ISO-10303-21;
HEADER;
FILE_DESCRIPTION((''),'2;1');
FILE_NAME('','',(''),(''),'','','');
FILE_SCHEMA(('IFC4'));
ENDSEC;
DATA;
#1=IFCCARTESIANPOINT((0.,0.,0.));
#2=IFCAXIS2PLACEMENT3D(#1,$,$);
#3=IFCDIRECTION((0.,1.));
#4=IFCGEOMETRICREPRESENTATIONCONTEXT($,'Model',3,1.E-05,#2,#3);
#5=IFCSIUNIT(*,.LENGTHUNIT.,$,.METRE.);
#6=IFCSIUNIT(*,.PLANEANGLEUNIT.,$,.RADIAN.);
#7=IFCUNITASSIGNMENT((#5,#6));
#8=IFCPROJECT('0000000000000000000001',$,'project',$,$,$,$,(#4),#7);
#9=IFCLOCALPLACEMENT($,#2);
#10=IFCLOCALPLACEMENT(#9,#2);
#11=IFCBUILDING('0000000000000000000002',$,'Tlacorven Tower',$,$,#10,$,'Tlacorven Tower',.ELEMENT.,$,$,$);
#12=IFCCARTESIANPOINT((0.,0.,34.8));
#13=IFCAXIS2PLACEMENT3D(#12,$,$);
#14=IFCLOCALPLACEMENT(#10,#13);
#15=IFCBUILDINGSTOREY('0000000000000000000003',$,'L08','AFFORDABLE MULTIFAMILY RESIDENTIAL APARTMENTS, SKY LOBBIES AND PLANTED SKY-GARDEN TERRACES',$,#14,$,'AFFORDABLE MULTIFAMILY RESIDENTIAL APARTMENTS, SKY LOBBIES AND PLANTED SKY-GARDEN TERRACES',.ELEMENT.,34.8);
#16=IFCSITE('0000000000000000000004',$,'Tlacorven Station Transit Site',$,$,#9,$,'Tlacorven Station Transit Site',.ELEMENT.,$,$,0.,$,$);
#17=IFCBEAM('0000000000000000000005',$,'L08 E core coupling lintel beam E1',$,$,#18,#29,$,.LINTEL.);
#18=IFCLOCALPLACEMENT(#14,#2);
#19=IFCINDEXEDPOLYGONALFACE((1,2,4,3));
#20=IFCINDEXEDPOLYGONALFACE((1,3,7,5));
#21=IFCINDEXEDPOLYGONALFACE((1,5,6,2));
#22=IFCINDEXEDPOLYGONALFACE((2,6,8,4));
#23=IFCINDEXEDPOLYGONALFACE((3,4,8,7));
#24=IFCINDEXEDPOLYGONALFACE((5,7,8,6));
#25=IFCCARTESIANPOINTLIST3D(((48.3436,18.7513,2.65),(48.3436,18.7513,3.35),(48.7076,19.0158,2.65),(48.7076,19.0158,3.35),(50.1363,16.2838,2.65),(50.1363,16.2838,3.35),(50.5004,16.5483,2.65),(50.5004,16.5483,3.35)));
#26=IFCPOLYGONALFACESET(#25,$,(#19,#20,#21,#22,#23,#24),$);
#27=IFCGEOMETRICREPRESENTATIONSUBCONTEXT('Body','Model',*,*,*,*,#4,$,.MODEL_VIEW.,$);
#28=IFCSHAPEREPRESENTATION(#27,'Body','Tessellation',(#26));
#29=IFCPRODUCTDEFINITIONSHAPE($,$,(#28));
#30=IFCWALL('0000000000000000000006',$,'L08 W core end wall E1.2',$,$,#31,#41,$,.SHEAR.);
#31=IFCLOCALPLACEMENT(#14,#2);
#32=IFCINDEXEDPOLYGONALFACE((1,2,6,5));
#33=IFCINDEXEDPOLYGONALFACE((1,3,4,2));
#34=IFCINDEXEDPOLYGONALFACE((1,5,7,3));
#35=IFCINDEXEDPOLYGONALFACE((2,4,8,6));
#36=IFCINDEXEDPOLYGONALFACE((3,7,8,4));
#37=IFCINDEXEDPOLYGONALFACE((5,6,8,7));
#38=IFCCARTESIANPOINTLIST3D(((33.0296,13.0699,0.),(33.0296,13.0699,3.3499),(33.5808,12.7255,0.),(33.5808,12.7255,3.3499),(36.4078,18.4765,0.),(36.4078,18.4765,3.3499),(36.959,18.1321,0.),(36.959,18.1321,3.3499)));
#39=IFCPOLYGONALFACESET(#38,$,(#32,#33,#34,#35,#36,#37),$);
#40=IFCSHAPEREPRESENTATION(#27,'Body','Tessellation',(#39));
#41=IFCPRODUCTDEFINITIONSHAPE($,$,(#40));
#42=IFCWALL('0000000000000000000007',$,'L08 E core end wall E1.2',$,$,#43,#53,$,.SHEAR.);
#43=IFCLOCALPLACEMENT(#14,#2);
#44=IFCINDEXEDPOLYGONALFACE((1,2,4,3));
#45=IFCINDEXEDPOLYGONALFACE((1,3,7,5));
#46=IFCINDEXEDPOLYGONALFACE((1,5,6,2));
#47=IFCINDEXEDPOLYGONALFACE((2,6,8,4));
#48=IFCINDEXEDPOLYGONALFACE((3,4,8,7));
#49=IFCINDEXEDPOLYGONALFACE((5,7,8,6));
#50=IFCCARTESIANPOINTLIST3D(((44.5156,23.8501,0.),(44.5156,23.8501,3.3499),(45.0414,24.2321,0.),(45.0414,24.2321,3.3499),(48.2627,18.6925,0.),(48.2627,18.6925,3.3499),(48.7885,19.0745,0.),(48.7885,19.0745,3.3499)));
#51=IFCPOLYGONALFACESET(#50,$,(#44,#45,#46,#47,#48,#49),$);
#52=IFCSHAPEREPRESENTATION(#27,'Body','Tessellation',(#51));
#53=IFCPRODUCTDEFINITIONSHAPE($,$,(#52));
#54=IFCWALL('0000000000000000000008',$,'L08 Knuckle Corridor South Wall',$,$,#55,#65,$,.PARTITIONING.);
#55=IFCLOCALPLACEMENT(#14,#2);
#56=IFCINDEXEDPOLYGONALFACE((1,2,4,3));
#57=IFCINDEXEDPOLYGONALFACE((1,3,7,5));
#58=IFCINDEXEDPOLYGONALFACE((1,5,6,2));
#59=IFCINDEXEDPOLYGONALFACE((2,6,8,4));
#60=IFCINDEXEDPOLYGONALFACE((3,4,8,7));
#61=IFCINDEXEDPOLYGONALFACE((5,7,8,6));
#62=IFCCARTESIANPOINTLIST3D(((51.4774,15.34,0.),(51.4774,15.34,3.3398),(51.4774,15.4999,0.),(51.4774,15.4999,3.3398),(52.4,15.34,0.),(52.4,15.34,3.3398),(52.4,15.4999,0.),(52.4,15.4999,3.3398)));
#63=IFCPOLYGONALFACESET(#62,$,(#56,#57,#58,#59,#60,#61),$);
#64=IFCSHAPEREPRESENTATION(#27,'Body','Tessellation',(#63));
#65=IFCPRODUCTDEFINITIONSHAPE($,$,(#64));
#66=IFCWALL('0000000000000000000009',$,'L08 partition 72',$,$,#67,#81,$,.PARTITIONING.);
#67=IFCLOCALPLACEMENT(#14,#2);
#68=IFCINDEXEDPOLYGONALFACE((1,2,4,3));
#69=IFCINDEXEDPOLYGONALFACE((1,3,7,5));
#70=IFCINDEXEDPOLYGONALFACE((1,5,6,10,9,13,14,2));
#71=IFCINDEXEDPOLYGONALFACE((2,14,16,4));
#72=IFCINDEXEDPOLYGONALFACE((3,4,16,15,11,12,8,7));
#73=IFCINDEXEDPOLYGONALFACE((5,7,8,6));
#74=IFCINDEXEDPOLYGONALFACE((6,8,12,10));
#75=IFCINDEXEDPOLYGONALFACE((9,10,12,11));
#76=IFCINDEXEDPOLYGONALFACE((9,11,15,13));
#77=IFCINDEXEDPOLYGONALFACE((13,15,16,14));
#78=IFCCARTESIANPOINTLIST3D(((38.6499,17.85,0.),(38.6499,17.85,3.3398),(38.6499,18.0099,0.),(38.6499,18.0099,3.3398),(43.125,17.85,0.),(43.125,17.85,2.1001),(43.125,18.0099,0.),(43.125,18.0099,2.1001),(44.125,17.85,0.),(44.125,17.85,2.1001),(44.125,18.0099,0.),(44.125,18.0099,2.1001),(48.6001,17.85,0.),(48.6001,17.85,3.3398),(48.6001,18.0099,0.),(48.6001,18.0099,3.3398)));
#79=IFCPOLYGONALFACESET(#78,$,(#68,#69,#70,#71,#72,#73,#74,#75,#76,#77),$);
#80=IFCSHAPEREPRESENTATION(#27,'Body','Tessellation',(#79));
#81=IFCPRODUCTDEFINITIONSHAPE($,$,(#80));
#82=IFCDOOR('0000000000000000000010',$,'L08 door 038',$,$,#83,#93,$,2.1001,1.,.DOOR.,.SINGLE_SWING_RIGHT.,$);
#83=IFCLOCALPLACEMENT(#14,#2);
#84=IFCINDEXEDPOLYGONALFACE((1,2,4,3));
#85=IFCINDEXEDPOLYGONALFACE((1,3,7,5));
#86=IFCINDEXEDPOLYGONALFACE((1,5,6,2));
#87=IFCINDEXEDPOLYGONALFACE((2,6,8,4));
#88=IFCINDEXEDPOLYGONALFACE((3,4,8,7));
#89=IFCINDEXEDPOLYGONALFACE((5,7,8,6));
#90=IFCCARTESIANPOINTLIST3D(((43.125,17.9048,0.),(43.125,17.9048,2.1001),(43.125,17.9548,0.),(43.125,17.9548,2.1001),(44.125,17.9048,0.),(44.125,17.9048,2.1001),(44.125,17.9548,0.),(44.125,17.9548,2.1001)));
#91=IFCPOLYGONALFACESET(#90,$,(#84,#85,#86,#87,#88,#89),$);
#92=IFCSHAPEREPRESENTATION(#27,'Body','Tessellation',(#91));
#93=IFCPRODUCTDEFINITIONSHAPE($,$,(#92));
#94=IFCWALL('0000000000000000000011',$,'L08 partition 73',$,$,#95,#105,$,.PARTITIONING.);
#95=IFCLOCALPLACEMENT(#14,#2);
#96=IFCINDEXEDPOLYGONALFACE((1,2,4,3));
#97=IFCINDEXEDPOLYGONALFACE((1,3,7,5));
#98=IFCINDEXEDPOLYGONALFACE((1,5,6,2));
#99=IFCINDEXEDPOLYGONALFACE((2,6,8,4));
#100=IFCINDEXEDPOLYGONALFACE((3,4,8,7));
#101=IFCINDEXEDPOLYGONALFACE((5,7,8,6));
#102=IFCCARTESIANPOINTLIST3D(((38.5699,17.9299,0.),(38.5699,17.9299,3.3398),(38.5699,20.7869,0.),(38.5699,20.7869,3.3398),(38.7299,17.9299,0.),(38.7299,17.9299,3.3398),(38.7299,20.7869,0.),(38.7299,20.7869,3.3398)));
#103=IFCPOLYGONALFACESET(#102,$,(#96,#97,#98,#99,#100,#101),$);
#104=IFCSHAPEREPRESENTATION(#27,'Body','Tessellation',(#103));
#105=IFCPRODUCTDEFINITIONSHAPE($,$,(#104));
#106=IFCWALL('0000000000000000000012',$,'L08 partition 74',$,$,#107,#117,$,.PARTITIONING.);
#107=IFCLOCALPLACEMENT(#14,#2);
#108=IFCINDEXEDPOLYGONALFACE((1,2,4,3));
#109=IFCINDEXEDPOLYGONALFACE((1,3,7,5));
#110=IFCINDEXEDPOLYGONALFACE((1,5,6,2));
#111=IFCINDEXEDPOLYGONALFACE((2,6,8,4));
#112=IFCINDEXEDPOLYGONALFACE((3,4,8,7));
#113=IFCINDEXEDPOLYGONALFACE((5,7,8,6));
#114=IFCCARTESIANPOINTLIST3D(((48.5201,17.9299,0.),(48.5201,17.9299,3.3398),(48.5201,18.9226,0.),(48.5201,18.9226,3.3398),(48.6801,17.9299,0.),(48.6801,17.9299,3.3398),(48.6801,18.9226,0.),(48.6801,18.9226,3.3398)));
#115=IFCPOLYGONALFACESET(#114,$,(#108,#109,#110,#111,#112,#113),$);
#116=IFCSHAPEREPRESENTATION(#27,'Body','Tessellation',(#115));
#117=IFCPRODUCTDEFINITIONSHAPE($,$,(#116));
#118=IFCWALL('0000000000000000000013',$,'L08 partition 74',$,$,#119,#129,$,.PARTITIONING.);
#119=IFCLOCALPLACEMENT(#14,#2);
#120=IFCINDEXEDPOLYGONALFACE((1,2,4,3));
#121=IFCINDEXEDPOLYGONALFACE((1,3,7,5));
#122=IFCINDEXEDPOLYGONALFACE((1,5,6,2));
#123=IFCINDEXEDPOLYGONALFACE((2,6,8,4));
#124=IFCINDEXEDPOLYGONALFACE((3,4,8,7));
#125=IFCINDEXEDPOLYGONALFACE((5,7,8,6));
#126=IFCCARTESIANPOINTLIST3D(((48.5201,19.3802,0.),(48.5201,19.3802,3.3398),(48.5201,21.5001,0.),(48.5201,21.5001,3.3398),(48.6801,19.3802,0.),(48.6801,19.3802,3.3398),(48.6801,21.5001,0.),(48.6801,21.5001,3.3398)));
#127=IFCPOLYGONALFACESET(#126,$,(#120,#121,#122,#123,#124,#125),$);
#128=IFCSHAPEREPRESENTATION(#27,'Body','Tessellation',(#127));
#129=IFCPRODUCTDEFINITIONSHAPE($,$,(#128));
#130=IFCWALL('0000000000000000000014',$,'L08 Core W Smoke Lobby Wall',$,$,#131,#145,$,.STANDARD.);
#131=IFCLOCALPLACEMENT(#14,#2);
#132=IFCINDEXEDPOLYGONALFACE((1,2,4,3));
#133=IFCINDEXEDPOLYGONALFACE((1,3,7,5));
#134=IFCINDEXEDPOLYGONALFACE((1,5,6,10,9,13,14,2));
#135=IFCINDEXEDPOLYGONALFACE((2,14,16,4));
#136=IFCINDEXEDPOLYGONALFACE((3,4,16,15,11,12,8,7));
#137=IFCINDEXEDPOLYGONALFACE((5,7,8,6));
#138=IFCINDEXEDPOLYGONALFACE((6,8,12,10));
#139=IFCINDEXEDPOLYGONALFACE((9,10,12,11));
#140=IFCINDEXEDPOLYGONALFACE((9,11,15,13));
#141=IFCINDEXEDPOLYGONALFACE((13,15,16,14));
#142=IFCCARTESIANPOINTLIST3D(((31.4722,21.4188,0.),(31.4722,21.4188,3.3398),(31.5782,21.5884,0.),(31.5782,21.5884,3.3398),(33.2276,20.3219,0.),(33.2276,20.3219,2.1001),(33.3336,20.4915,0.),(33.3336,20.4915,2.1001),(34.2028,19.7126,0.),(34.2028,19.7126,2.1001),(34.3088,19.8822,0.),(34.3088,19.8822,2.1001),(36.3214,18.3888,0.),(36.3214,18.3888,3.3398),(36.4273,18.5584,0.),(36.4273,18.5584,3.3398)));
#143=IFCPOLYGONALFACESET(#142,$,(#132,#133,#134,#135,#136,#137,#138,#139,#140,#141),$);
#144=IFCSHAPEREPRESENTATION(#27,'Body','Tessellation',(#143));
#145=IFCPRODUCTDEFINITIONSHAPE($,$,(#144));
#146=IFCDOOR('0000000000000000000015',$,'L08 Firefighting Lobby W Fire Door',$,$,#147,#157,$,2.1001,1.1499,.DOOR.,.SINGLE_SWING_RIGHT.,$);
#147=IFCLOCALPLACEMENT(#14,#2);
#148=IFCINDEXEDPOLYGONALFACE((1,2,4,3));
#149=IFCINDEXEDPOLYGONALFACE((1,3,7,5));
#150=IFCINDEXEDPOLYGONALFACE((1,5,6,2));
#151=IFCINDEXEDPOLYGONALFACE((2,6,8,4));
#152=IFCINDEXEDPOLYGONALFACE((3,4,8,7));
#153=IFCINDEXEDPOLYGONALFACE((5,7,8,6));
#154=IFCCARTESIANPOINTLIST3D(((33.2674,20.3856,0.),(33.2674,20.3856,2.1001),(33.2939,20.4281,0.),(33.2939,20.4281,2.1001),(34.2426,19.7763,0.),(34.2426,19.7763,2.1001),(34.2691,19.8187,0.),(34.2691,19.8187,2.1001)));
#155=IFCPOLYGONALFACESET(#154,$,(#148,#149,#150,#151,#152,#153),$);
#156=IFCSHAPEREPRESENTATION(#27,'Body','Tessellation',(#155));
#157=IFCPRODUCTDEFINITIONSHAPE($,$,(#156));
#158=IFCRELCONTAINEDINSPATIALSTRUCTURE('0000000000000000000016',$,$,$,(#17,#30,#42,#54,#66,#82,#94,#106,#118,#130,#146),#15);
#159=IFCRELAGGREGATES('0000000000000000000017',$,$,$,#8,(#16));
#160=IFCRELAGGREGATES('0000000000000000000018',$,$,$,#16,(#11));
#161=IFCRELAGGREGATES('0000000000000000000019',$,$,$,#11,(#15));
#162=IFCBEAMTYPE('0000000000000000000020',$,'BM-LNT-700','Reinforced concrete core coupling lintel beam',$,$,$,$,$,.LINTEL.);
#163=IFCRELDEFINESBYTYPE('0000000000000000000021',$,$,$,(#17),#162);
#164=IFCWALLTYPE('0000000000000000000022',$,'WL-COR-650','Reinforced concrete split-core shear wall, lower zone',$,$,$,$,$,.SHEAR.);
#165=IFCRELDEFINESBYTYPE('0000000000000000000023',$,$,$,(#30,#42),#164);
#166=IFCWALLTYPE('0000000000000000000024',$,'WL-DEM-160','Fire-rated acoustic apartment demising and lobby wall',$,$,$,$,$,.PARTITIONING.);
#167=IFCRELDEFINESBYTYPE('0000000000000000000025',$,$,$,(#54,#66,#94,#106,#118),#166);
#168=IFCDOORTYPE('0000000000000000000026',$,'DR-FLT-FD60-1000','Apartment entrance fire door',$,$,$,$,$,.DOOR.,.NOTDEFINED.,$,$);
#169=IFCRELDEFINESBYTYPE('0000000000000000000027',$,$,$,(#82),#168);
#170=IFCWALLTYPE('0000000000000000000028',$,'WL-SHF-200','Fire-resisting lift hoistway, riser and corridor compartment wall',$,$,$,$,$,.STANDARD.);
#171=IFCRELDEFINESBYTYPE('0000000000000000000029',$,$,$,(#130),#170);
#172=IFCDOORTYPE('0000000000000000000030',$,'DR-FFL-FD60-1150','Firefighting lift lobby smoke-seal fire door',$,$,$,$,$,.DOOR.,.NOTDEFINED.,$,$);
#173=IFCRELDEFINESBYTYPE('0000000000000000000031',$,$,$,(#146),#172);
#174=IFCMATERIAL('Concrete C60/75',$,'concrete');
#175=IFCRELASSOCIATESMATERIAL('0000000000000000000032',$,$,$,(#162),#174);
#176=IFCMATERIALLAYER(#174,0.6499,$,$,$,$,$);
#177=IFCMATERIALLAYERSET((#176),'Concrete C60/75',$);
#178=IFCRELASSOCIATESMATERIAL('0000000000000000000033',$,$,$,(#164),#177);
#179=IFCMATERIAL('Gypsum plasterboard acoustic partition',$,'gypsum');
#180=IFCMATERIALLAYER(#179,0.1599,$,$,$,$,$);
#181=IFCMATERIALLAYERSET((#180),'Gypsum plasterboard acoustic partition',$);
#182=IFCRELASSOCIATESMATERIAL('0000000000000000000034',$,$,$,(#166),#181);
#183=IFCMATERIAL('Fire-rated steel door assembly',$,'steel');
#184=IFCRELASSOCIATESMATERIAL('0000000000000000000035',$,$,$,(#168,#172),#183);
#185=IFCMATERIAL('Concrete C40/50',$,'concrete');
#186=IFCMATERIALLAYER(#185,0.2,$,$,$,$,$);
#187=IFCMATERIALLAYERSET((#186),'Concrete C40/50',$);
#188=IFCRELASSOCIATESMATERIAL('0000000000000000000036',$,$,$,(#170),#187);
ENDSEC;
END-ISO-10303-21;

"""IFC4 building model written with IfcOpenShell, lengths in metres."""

from ifc_helpers import new_model, si_unit, direction, frame, frame_2d, origin, origin_2d, place, context, subcontext, project, spatial, rectangle, extrude, source, transform, mapped, material, layer, layer_set, material_profile, profile_set, type_object, element, fill, save


model = new_model("IFC4")

# Units and contexts
model_context = context("Model", 3, precision=1e-05, world=origin(), true_north=direction((0.0, 1.0)))
body_context = subcontext(model_context, "Body", "Model", "MODEL_VIEW")
ifc_project = project(units=[si_unit("LENGTHUNIT", "METRE"), si_unit("PLANEANGLEUNIT", "RADIAN")], contexts=[model_context])

# Site, building, storey
site_placement = place(None, origin())
site = spatial("IfcSite", under=ifc_project, at=site_placement, Name="Tlacorven Station Transit Site", LongName="Tlacorven Station Transit Site", CompositionType="ELEMENT", RefElevation=0.0)
building_placement = place(site_placement, origin())
building = spatial("IfcBuilding", under=site, at=building_placement, Name="Tlacorven Tower", LongName="Tlacorven Tower", CompositionType="ELEMENT")
storey_placement = place(building_placement, frame((0.0, 0.0, 34.8)))
storey = spatial("IfcBuildingStorey", under=building, at=storey_placement, Name="L08", Description="AFFORDABLE MULTIFAMILY RESIDENTIAL APARTMENTS, SKY LOBBIES AND PLANTED SKY-GARDEN TERRACES", LongName="AFFORDABLE MULTIFAMILY RESIDENTIAL APARTMENTS, SKY LOBBIES AND PLANTED SKY-GARDEN TERRACES", CompositionType="ELEMENT", Elevation=34.8)

# Beam
ifc_material_1 = material(Name="Concrete C60/75", Category="concrete")
ifc_material_profile = material_profile(ifc_material_1, rectangle(XDim=0.45, YDim=0.7, at=origin_2d()), Name="RC 450X700")
ifc_profile_set = profile_set([ifc_material_profile], Name="Concrete C60/75")
beam_type = type_object("IfcBeamType", Name="BM-LNT-700", Description="Reinforced concrete core coupling lintel beam", PredefinedType="LINTEL", material=ifc_profile_set)
shared_shape_1 = source(origin(), body_context, "Body", "SweptSolid", [
    extrude(rectangle(XDim=0.45, YDim=0.7, at=origin_2d()), origin(), (0.0, 0.0, 1.0), 3.05),
])
beam_placement = place(storey_placement, frame((50.3184, 16.416, 3.0), z_axis=(-0.587777, 0.809023, 0.0), x_axis=(-0.809023, -0.587777, 0.0)))
element("IfcBeam", 1, at=beam_placement, inside=storey, type_object=beam_type, Name="L08 E core coupling lintel beam E1", PredefinedType="LINTEL", context=body_context, shape_type="MappedRepresentation", body=[
    mapped(shared_shape_1, transform((0.0, 0.0, 0.0), scale=1.0)),
])

# Walls
ifc_layer_1 = layer(ifc_material_1, 0.6499)
ifc_layer_set_1 = layer_set([ifc_layer_1], Name="Concrete C60/75")
wall_type_1 = type_object("IfcWallType", Name="WL-COR-650", Description="Reinforced concrete split-core shear wall, lower zone", PredefinedType="SHEAR", material=ifc_layer_set_1)
wall_1_placement = place(storey_placement, frame((36.6833, 18.3042, 0.0), z_axis=(0.0, 0.0, 1.0), x_axis=(-0.529899, -0.848061, 0.0)))
element("IfcWall", 2, at=wall_1_placement, inside=storey, type_object=wall_type_1, Name="L08 W core end wall E1.2", PredefinedType="SHEAR", context=body_context, shape_type="SweptSolid", body=[
    extrude(rectangle(XDim=6.3752, YDim=0.6499, at=frame_2d((3.1875, 0.0))), origin(), (0.0, 0.0, 1.0), 3.3499),
])
wall_2_placement = place(storey_placement, frame((48.5256, 18.8835, 0.0), z_axis=(0.0, 0.0, 1.0), x_axis=(-0.58778, 0.809021, 0.0)))
element("IfcWall", 3, at=wall_2_placement, inside=storey, type_object=wall_type_1, Name="L08 E core end wall E1.2", PredefinedType="SHEAR", context=body_context, shape_type="SweptSolid", body=[
    extrude(rectangle(XDim=6.375, YDim=0.6499, at=frame_2d((3.1875, 0.0))), origin(), (0.0, 0.0, 1.0), 3.3499),
])
ifc_material_2 = material(Name="Gypsum plasterboard acoustic partition", Category="gypsum")
ifc_layer_2 = layer(ifc_material_2, 0.1599)
ifc_layer_set_2 = layer_set([ifc_layer_2], Name="Gypsum plasterboard acoustic partition")
wall_type_2 = type_object("IfcWallType", Name="WL-DEM-160", Description="Fire-rated acoustic apartment demising and lobby wall", PredefinedType="PARTITIONING", material=ifc_layer_set_2)
wall_3_placement = place(storey_placement, frame((51.4773, 15.4199, 0.0), z_axis=(0.0, 0.0, 1.0), x_axis=(1.0, 0.0, 0.0)))
element("IfcWall", 4, at=wall_3_placement, inside=storey, type_object=wall_type_2, Name="L08 Knuckle Corridor South Wall", PredefinedType="PARTITIONING", context=body_context, shape_type="SweptSolid", body=[
    extrude(rectangle(XDim=0.9226, YDim=0.1599, at=frame_2d((0.4614, 0.0))), origin(), (0.0, 0.0, 1.0), 3.3398),
])

# Wall, opening, door
wall_4_placement = place(storey_placement, frame((38.6499, 17.9299, 0.0), z_axis=(0.0, 0.0, 1.0), x_axis=(1.0, 0.0, 0.0)))
wall_4 = element("IfcWall", 5, at=wall_4_placement, inside=storey, type_object=wall_type_2, Name="L08 partition 72", PredefinedType="PARTITIONING", context=body_context, shape_type="SweptSolid", body=[
    extrude(rectangle(XDim=9.9502, YDim=0.1599, at=frame_2d((4.9751, 0.0))), origin(), (0.0, 0.0, 1.0), 3.3398),
])
opening_1_placement = place(wall_4_placement, frame((4.4751, 0.0, 0.0)))
opening_1 = element("IfcOpeningElement", 6, at=opening_1_placement, cuts=wall_4, PredefinedType="OPENING", context=body_context, shape_type="SweptSolid", body=[
    extrude(rectangle(XDim=1.0, YDim=2.1001, at=frame_2d((0.5, 1.05))), frame((0.0, 0.0898, 0.0), z_axis=(0.0, -1.0, 0.0), x_axis=(1.0, 0.0, 0.0)), (0.0, 0.0, 1.0), 0.1799),
])
ifc_material_3 = material(Name="Fire-rated steel door assembly", Category="steel")
door_type_1 = type_object("IfcDoorType", Name="DR-FLT-FD60-1000", Description="Apartment entrance fire door", OperationType="NOTDEFINED", PredefinedType="DOOR", material=ifc_material_3)
shared_shape_2 = source(origin(), body_context, "Body", "SweptSolid", [
    extrude(rectangle(XDim=1.0, YDim=2.1001, at=frame_2d((0.5, 1.05))), frame((0.0, 0.0249, 0.0), z_axis=(0.0, -1.0, 0.0), x_axis=(1.0, 0.0, 0.0)), (0.0, 0.0, 1.0), 0.05),
])
door_1_placement = place(opening_1_placement, origin())
door_1 = element("IfcDoor", 7, at=door_1_placement, inside=storey, type_object=door_type_1, Name="L08 door 038", OperationType="SINGLE_SWING_RIGHT", OverallHeight=2.1001, OverallWidth=1.0, PredefinedType="DOOR", context=body_context, shape_type="MappedRepresentation", body=[
    mapped(shared_shape_2, transform((0.0, 0.0, 0.0), scale=1.0)),
])
fill(opening_1, door_1)

# Walls
wall_5_placement = place(storey_placement, frame((38.6499, 17.9299, 0.0), z_axis=(0.0, 0.0, 1.0), x_axis=(0.0, 1.0, 0.0)))
element("IfcWall", 8, at=wall_5_placement, inside=storey, type_object=wall_type_2, Name="L08 partition 73", PredefinedType="PARTITIONING", context=body_context, shape_type="SweptSolid", body=[
    extrude(rectangle(XDim=2.8569, YDim=0.1599, at=frame_2d((1.4285, 0.0))), origin(), (0.0, 0.0, 1.0), 3.3398),
])
wall_6_placement = place(storey_placement, frame((48.6001, 17.9299, 0.0), z_axis=(0.0, 0.0, 1.0), x_axis=(0.0, 1.0, 0.0)))
element("IfcWall", 9, at=wall_6_placement, inside=storey, type_object=wall_type_2, Name="L08 partition 74", PredefinedType="PARTITIONING", context=body_context, shape_type="SweptSolid", body=[
    extrude(rectangle(XDim=0.9927, YDim=0.1599, at=frame_2d((0.4963, 0.0))), origin(), (0.0, 0.0, 1.0), 3.3398),
])
wall_7_placement = place(storey_placement, frame((48.6001, 19.3801, 0.0), z_axis=(0.0, 0.0, 1.0), x_axis=(0.0, 1.0, 0.0)))
element("IfcWall", 10, at=wall_7_placement, inside=storey, type_object=wall_type_2, Name="L08 partition 74", PredefinedType="PARTITIONING", context=body_context, shape_type="SweptSolid", body=[
    extrude(rectangle(XDim=2.1199, YDim=0.1599, at=frame_2d((1.0601, 0.0))), origin(), (0.0, 0.0, 1.0), 3.3398),
])

# Wall, opening, door
ifc_material_4 = material(Name="Concrete C40/50", Category="concrete")
ifc_layer_3 = layer(ifc_material_4, 0.2)
ifc_layer_set_3 = layer_set([ifc_layer_3], Name="Concrete C40/50")
wall_type_3 = type_object("IfcWallType", Name="WL-SHF-200", Description="Fire-resisting lift hoistway, riser and corridor compartment wall", PredefinedType="STANDARD", material=ifc_layer_set_3)
wall_8_placement = place(storey_placement, frame((36.3743, 18.4736, 0.0), z_axis=(0.0, 0.0, 1.0), x_axis=(-0.848051, 0.529915, 0.0)))
wall_8 = element("IfcWall", 11, at=wall_8_placement, inside=storey, type_object=wall_type_3, Name="L08 Core W Smoke Lobby Wall", PredefinedType="STANDARD", context=body_context, shape_type="SweptSolid", body=[
    extrude(rectangle(XDim=5.718, YDim=0.2, at=frame_2d((2.8589, 0.0))), origin(), (0.0, 0.0, 1.0), 3.3398),
])
opening_2_placement = place(wall_8_placement, frame((2.498, 0.0, 0.0)))
opening_2 = element("IfcOpeningElement", 12, at=opening_2_placement, cuts=wall_8, PredefinedType="OPENING", context=body_context, shape_type="SweptSolid", body=[
    extrude(rectangle(XDim=1.1499, YDim=2.1001, at=frame_2d((0.575, 1.05))), frame((0.0, 0.1099, 0.0), z_axis=(0.0, -1.0, 0.0), x_axis=(1.0, 0.0, 0.0)), (0.0, 0.0, 1.0), 0.22),
])
door_type_2 = type_object("IfcDoorType", Name="DR-FFL-FD60-1150", Description="Firefighting lift lobby smoke-seal fire door", OperationType="NOTDEFINED", PredefinedType="DOOR", material=ifc_material_3)
shared_shape_3 = source(origin(), body_context, "Body", "SweptSolid", [
    extrude(rectangle(XDim=1.1499, YDim=2.1001, at=frame_2d((0.575, 1.05))), frame((0.0, 0.0249, 0.0), z_axis=(0.0, -1.0, 0.0), x_axis=(1.0, 0.0, 0.0)), (0.0, 0.0, 1.0), 0.05),
])
door_2_placement = place(opening_2_placement, origin())
door_2 = element("IfcDoor", 13, at=door_2_placement, inside=storey, type_object=door_type_2, Name="L08 Firefighting Lobby W Fire Door", OperationType="SINGLE_SWING_RIGHT", OverallHeight=2.1001, OverallWidth=1.1499, PredefinedType="DOOR", context=body_context, shape_type="MappedRepresentation", body=[
    mapped(shared_shape_3, transform((0.0, 0.0, 0.0), scale=1.0)),
])
fill(opening_2, door_2)

save(model, "model.ifc")
